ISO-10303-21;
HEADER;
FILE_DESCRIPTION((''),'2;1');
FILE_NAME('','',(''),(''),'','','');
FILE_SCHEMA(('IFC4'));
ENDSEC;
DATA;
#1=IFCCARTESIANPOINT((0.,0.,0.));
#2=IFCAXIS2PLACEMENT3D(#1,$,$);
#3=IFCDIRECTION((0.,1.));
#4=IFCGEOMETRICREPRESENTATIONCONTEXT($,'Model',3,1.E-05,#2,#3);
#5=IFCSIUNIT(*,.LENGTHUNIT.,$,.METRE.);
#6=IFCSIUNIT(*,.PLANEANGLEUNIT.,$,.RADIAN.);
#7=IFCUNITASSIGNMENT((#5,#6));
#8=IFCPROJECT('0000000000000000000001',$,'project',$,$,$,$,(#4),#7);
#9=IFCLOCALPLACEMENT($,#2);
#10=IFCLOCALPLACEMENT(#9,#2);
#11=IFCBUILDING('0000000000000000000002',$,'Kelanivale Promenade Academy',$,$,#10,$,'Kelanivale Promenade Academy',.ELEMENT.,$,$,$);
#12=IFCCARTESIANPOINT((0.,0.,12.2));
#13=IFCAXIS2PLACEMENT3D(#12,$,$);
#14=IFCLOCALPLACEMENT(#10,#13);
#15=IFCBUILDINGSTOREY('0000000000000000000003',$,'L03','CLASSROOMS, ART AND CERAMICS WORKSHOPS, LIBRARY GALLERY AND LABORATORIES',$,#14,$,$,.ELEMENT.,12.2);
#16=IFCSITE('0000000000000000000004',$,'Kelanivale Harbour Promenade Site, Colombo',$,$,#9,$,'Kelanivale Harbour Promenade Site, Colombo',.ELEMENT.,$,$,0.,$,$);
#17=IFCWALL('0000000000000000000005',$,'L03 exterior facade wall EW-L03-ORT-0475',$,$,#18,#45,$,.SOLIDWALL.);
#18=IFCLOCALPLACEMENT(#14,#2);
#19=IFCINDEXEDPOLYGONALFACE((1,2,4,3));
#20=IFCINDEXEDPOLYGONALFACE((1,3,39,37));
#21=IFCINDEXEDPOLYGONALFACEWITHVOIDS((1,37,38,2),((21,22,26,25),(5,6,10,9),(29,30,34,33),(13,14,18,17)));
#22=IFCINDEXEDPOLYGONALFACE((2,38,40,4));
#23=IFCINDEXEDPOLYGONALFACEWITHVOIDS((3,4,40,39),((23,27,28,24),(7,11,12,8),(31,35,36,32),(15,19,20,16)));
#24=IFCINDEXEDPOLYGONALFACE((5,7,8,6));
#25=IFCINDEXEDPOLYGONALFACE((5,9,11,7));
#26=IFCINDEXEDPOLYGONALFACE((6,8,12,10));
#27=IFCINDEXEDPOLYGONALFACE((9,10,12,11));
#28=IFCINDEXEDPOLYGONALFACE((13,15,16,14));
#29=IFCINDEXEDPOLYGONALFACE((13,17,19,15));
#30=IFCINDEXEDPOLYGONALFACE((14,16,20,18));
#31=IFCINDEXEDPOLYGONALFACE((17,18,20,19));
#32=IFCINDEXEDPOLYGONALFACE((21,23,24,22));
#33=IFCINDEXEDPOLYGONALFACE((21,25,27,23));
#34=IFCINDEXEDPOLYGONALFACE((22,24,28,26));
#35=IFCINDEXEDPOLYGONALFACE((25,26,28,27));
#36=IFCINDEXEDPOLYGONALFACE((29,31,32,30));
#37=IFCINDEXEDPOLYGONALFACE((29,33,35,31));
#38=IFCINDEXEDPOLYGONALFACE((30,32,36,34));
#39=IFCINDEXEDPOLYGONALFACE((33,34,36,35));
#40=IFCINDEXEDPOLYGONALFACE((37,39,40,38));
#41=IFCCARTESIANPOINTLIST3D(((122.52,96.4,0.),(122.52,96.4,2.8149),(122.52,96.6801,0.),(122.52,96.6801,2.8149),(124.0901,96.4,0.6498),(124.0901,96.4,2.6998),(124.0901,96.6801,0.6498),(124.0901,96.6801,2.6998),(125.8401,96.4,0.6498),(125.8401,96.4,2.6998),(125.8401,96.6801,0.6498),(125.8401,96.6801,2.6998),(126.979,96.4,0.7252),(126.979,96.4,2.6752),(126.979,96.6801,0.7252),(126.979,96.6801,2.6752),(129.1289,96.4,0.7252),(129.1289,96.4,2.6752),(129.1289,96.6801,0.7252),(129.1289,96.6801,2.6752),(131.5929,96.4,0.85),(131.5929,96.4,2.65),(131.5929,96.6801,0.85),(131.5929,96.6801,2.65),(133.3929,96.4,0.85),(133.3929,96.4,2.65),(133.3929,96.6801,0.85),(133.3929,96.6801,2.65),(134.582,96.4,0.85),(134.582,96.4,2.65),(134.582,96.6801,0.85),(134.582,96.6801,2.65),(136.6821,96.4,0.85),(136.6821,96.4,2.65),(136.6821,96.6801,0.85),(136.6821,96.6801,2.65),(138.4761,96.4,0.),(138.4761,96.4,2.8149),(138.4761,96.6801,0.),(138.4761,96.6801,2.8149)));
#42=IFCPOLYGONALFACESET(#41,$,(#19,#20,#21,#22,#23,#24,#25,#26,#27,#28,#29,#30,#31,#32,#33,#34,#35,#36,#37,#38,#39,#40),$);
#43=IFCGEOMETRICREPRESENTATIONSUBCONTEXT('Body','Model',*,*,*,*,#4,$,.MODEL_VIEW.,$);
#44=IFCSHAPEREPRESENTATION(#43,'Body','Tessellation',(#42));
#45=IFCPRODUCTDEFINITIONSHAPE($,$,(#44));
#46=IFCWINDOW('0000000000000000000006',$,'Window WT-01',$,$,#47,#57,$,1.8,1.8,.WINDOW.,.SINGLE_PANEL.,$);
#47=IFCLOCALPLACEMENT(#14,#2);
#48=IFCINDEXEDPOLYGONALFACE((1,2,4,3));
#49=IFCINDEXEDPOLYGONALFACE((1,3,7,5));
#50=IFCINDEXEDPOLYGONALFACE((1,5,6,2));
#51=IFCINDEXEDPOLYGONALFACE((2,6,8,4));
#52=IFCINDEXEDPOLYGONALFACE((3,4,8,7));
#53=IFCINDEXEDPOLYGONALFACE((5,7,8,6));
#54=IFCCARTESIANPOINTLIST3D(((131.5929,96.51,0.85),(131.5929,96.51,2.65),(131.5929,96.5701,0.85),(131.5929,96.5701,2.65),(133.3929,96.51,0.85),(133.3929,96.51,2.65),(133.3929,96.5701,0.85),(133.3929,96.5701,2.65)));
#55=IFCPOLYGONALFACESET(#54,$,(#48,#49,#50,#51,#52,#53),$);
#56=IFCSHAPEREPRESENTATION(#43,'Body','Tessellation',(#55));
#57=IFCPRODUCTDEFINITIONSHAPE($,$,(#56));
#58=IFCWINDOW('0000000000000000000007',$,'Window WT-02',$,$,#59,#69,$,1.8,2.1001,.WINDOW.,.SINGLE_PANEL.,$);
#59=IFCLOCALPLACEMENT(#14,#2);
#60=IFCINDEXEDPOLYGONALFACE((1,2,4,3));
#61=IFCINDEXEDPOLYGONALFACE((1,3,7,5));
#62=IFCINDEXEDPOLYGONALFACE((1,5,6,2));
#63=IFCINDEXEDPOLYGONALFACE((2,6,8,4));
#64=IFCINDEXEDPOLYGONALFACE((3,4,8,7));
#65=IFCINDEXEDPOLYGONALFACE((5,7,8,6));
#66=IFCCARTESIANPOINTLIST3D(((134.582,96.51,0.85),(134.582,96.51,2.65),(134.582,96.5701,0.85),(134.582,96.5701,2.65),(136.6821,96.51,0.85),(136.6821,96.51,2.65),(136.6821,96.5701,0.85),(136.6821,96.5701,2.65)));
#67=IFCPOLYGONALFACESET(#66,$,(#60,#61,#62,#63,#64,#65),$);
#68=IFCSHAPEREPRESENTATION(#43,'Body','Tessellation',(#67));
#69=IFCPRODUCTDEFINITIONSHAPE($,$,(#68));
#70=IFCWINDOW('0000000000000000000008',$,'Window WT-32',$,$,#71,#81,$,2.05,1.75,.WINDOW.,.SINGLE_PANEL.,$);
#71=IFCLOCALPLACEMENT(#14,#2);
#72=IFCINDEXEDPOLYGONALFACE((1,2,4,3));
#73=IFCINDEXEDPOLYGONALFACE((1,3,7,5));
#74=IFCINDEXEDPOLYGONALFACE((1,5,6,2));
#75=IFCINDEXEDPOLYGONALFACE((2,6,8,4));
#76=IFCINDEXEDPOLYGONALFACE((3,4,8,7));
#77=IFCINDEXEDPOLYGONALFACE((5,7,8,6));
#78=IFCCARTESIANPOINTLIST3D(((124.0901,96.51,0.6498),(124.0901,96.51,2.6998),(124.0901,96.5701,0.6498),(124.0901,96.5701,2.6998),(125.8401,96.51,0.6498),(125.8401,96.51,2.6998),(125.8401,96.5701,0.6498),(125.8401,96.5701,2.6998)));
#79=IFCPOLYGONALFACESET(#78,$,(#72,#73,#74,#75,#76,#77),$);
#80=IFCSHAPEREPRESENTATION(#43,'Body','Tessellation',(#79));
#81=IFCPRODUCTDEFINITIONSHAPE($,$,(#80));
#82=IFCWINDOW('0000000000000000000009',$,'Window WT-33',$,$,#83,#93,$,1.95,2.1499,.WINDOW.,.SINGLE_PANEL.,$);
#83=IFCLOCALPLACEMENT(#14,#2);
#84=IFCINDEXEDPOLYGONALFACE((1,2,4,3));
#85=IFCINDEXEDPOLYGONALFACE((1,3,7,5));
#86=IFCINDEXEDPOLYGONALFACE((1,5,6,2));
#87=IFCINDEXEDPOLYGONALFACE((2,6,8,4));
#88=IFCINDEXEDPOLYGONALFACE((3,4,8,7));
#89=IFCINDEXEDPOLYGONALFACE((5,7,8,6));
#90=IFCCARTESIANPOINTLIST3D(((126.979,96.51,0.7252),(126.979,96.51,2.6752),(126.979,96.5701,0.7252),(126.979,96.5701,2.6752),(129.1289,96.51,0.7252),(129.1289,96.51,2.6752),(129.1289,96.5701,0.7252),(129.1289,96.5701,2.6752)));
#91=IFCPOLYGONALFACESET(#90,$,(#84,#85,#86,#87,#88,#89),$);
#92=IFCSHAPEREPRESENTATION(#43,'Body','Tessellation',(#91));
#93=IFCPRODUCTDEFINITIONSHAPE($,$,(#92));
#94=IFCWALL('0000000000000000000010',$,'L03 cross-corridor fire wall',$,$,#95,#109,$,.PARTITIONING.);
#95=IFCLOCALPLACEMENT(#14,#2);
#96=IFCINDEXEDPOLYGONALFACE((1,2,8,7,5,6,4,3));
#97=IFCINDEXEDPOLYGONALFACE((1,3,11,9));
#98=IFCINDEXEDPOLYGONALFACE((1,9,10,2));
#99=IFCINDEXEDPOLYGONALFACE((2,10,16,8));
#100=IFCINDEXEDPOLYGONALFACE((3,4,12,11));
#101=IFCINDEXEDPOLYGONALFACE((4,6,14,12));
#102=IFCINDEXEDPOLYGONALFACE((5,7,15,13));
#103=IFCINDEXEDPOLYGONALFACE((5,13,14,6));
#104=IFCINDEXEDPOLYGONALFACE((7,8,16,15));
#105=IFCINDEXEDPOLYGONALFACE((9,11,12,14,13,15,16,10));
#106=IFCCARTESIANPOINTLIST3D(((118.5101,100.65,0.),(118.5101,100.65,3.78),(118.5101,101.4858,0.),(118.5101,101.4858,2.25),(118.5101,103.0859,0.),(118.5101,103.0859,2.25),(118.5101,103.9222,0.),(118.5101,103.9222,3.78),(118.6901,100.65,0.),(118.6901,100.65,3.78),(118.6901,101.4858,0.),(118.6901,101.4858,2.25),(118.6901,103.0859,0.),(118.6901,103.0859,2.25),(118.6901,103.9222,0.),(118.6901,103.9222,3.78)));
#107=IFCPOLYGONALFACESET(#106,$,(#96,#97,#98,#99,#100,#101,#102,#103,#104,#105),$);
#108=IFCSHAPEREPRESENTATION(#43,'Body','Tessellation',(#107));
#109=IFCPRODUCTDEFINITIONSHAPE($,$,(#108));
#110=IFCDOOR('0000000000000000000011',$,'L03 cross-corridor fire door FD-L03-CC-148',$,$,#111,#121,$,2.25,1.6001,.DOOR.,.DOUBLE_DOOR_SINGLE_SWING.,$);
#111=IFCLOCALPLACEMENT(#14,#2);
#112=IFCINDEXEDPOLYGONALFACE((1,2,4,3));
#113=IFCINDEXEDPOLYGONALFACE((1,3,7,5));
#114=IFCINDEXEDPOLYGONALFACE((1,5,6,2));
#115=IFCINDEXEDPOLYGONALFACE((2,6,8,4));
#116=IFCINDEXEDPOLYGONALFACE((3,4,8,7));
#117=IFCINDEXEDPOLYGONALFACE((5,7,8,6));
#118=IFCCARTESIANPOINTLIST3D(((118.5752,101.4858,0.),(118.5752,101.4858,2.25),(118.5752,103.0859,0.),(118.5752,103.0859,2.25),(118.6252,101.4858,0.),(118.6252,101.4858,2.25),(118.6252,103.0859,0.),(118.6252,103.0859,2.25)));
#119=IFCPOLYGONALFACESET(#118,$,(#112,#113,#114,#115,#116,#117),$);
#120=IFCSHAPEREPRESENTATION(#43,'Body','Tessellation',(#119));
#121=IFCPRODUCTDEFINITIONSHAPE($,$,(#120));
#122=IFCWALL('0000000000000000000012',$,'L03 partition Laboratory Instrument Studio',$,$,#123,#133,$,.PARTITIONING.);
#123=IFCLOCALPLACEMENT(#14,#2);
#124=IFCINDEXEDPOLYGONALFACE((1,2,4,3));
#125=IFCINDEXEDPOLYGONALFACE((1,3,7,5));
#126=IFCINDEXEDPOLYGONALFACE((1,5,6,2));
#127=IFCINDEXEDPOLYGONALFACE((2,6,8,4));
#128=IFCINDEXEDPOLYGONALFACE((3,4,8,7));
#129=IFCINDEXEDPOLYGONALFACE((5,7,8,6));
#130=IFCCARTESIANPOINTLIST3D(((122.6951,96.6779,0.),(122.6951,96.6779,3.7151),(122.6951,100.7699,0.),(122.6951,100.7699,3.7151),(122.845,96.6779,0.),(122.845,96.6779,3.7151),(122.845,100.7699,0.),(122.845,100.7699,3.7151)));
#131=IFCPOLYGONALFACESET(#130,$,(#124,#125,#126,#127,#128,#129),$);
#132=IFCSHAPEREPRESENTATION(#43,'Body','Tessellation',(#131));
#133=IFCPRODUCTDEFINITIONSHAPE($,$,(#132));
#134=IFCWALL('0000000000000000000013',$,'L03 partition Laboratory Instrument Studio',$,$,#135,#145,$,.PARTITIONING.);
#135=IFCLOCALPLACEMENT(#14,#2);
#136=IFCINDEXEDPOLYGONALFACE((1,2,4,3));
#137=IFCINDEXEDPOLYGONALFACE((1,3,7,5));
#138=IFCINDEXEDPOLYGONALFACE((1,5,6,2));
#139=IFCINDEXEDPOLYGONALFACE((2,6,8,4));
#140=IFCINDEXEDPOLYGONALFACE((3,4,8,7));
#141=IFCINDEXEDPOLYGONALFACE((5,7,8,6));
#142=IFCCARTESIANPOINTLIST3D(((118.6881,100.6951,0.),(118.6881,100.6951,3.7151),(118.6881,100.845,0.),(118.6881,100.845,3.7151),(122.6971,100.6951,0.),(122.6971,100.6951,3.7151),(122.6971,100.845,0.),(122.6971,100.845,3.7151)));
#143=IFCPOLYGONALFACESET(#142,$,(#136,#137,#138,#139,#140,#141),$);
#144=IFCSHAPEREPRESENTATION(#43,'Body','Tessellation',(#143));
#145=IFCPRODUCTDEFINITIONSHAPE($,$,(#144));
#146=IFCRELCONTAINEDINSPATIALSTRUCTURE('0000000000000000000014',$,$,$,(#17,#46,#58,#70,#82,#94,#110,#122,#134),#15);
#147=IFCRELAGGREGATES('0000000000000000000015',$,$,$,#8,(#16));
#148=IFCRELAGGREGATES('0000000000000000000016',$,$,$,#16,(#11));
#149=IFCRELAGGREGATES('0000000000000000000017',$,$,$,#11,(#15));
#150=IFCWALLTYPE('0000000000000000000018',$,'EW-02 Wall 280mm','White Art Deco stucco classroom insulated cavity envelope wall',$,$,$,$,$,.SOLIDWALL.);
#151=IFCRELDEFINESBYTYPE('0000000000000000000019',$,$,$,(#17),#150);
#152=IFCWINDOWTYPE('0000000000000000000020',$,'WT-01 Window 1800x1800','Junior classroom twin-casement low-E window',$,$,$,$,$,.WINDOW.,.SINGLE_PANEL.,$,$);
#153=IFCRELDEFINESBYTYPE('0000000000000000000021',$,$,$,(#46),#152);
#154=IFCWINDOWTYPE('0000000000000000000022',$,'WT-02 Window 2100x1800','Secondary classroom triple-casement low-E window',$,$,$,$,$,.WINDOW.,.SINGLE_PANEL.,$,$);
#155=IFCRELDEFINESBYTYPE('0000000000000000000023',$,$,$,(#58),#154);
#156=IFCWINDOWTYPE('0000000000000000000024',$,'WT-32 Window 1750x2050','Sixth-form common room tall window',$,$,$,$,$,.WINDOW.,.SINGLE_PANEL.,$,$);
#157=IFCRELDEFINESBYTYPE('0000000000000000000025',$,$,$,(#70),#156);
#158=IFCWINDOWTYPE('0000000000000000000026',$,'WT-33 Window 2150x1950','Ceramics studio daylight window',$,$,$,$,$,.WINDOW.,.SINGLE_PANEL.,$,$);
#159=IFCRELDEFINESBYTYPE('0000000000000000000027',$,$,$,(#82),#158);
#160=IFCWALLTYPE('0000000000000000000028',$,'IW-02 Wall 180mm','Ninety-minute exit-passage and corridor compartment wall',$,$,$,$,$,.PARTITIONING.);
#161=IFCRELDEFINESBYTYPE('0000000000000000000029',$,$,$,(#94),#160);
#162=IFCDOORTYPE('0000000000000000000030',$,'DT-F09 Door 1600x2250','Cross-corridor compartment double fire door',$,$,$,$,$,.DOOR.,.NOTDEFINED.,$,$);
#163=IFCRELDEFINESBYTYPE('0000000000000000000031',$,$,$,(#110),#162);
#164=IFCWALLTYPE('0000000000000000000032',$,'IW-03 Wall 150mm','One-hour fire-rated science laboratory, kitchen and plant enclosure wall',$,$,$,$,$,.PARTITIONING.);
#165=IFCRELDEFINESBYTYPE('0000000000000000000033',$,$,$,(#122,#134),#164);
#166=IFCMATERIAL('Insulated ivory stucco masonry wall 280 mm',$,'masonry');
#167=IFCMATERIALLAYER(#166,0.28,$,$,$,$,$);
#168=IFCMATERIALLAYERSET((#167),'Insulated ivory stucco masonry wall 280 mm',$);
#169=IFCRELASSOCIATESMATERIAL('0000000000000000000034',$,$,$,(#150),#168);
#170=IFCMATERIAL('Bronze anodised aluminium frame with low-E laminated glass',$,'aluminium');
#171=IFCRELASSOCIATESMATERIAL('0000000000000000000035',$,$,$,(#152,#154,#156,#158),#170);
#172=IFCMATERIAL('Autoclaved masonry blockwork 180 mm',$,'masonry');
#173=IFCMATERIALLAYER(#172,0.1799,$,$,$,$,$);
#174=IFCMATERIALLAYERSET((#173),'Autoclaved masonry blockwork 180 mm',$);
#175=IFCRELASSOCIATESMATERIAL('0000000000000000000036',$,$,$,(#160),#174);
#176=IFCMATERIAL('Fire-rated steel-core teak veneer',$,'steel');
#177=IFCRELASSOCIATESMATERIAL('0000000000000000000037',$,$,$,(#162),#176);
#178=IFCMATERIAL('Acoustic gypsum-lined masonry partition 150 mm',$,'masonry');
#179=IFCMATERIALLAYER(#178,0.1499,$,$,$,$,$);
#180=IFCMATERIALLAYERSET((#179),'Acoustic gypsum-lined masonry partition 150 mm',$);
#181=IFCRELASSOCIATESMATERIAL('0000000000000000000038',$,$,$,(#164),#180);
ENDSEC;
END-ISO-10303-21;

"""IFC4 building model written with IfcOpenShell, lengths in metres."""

from ifc_helpers import new_model, si_unit, direction, frame, frame_2d, origin, place, context, subcontext, project, spatial, rectangle, extrude, material, layer, layer_set, type_object, element, fill, save


model = new_model("IFC4")

# Units and contexts
model_context = context("Model", 3, precision=1e-05, world=origin(), true_north=direction((0.0, 1.0)))
body_context = subcontext(model_context, "Body", "Model", "MODEL_VIEW")
ifc_project = project(units=[si_unit("LENGTHUNIT", "METRE"), si_unit("PLANEANGLEUNIT", "RADIAN")], contexts=[model_context])

# Site, building, storey
site_placement = place(None, origin())
site = spatial("IfcSite", under=ifc_project, at=site_placement, Name="Kelanivale Harbour Promenade Site, Colombo", LongName="Kelanivale Harbour Promenade Site, Colombo", CompositionType="ELEMENT", RefElevation=0.0)
building_placement = place(site_placement, origin())
building = spatial("IfcBuilding", under=site, at=building_placement, Name="Kelanivale Promenade Academy", LongName="Kelanivale Promenade Academy", CompositionType="ELEMENT")
storey_placement = place(building_placement, frame((0.0, 0.0, 12.2)))
storey = spatial("IfcBuildingStorey", under=building, at=storey_placement, Name="L03", Description="CLASSROOMS, ART AND CERAMICS WORKSHOPS, LIBRARY GALLERY AND LABORATORIES", CompositionType="ELEMENT", Elevation=12.2)

# Shared definitions
ifc_material_1 = material(Name="Fire-rated steel-core teak veneer", Category="steel")

# Wall, openings, windows
ifc_material_2 = material(Name="Insulated ivory stucco masonry wall 280 mm", Category="masonry")
ifc_layer_1 = layer(ifc_material_2, 0.28)
ifc_layer_set_1 = layer_set([ifc_layer_1], Name="Insulated ivory stucco masonry wall 280 mm")
wall_type_1 = type_object("IfcWallType", Name="EW-02 Wall 280mm", Description="White Art Deco stucco classroom insulated cavity envelope wall", PredefinedType="SOLIDWALL", material=ifc_layer_set_1)
wall_1_placement = place(storey_placement, frame((122.52, 96.54, 0.0), z_axis=(0.0, 0.0, 1.0), x_axis=(1.0, 0.0, 0.0)))
wall_1 = element("IfcWall", 1, at=wall_1_placement, inside=storey, type_object=wall_type_1, Name="L03 exterior facade wall EW-L03-ORT-0475", PredefinedType="SOLIDWALL", context=body_context, shape_type="SweptSolid", body=[
    extrude(rectangle(XDim=15.9561, YDim=0.28, at=frame_2d((7.978, 0.0))), origin(), (0.0, 0.0, 1.0), 2.8149),
])
opening_1_placement = place(wall_1_placement, frame((1.5701, 0.0, 0.6499)))
opening_1 = element("IfcOpeningElement", 2, at=opening_1_placement, cuts=wall_1, PredefinedType="OPENING", context=body_context, shape_type="SweptSolid", body=[
    extrude(rectangle(XDim=1.75, YDim=2.05, at=frame_2d((0.875, 1.0249))), frame((0.0, 0.1499, 0.0), z_axis=(0.0, -1.0, 0.0), x_axis=(1.0, 0.0, 0.0)), (0.0, 0.0, 1.0), 0.3),
])
opening_2_placement = place(wall_1_placement, frame((4.459, 0.0, 0.7251)))
opening_2 = element("IfcOpeningElement", 3, at=opening_2_placement, cuts=wall_1, PredefinedType="OPENING", context=body_context, shape_type="SweptSolid", body=[
    extrude(rectangle(XDim=2.1499, YDim=1.95, at=frame_2d((1.075, 0.9751))), frame((0.0, 0.1499, 0.0), z_axis=(0.0, -1.0, 0.0), x_axis=(1.0, 0.0, 0.0)), (0.0, 0.0, 1.0), 0.3),
])
opening_3_placement = place(wall_1_placement, frame((9.073, 0.0, 0.8501)))
opening_3 = element("IfcOpeningElement", 4, at=opening_3_placement, cuts=wall_1, PredefinedType="OPENING", context=body_context, shape_type="SweptSolid", body=[
    extrude(rectangle(XDim=1.8, YDim=1.8, at=frame_2d((0.8999, 0.8999))), frame((0.0, 0.1499, 0.0), z_axis=(0.0, -1.0, 0.0), x_axis=(1.0, 0.0, 0.0)), (0.0, 0.0, 1.0), 0.3),
])
opening_4_placement = place(wall_1_placement, frame((12.062, 0.0, 0.8501)))
opening_4 = element("IfcOpeningElement", 5, at=opening_4_placement, cuts=wall_1, PredefinedType="OPENING", context=body_context, shape_type="SweptSolid", body=[
    extrude(rectangle(XDim=2.1001, YDim=1.8, at=frame_2d((1.05, 0.8999))), frame((0.0, 0.1499, 0.0), z_axis=(0.0, -1.0, 0.0), x_axis=(1.0, 0.0, 0.0)), (0.0, 0.0, 1.0), 0.3),
])
ifc_material_3 = material(Name="Bronze anodised aluminium frame with low-E laminated glass", Category="aluminium")
window_type_1 = type_object("IfcWindowType", Name="WT-01 Window 1800x1800", Description="Junior classroom twin-casement low-E window", PartitioningType="SINGLE_PANEL", PredefinedType="WINDOW", material=ifc_material_3)
window_1_placement = place(opening_3_placement, origin())
window_1 = element("IfcWindow", 6, at=window_1_placement, inside=storey, type_object=window_type_1, Name="Window WT-01", OverallHeight=1.8, OverallWidth=1.8, PartitioningType="SINGLE_PANEL", PredefinedType="WINDOW", context=body_context, shape_type="SweptSolid", body=[
    extrude(rectangle(XDim=1.8, YDim=1.8, at=frame_2d((0.8999, 0.8999))), frame((0.0, 0.03, 0.0), z_axis=(0.0, -1.0, 0.0), x_axis=(1.0, 0.0, 0.0)), (0.0, 0.0, 1.0), 0.0601),
])
fill(opening_3, window_1)
window_type_2 = type_object("IfcWindowType", Name="WT-02 Window 2100x1800", Description="Secondary classroom triple-casement low-E window", PartitioningType="SINGLE_PANEL", PredefinedType="WINDOW", material=ifc_material_3)
window_2_placement = place(opening_4_placement, origin())
window_2 = element("IfcWindow", 7, at=window_2_placement, inside=storey, type_object=window_type_2, Name="Window WT-02", OverallHeight=1.8, OverallWidth=2.1001, PartitioningType="SINGLE_PANEL", PredefinedType="WINDOW", context=body_context, shape_type="SweptSolid", body=[
    extrude(rectangle(XDim=2.1001, YDim=1.8, at=frame_2d((1.05, 0.8999))), frame((0.0, 0.03, 0.0), z_axis=(0.0, -1.0, 0.0), x_axis=(1.0, 0.0, 0.0)), (0.0, 0.0, 1.0), 0.0601),
])
fill(opening_4, window_2)
window_type_3 = type_object("IfcWindowType", Name="WT-32 Window 1750x2050", Description="Sixth-form common room tall window", PartitioningType="SINGLE_PANEL", PredefinedType="WINDOW", material=ifc_material_3)
window_3_placement = place(opening_1_placement, origin())
window_3 = element("IfcWindow", 8, at=window_3_placement, inside=storey, type_object=window_type_3, Name="Window WT-32", OverallHeight=2.05, OverallWidth=1.75, PartitioningType="SINGLE_PANEL", PredefinedType="WINDOW", context=body_context, shape_type="SweptSolid", body=[
    extrude(rectangle(XDim=1.75, YDim=2.05, at=frame_2d((0.875, 1.0249))), frame((0.0, 0.03, 0.0), z_axis=(0.0, -1.0, 0.0), x_axis=(1.0, 0.0, 0.0)), (0.0, 0.0, 1.0), 0.0601),
])
fill(opening_1, window_3)
window_type_4 = type_object("IfcWindowType", Name="WT-33 Window 2150x1950", Description="Ceramics studio daylight window", PartitioningType="SINGLE_PANEL", PredefinedType="WINDOW", material=ifc_material_3)
window_4_placement = place(opening_2_placement, origin())
window_4 = element("IfcWindow", 9, at=window_4_placement, inside=storey, type_object=window_type_4, Name="Window WT-33", OverallHeight=1.95, OverallWidth=2.1499, PartitioningType="SINGLE_PANEL", PredefinedType="WINDOW", context=body_context, shape_type="SweptSolid", body=[
    extrude(rectangle(XDim=2.1499, YDim=1.95, at=frame_2d((1.075, 0.9751))), frame((0.0, 0.03, 0.0), z_axis=(0.0, -1.0, 0.0), x_axis=(1.0, 0.0, 0.0)), (0.0, 0.0, 1.0), 0.0601),
])
fill(opening_2, window_4)

# Wall, opening, door
ifc_material_4 = material(Name="Autoclaved masonry blockwork 180 mm", Category="masonry")
ifc_layer_2 = layer(ifc_material_4, 0.1799)
ifc_layer_set_2 = layer_set([ifc_layer_2], Name="Autoclaved masonry blockwork 180 mm")
wall_type_2 = type_object("IfcWallType", Name="IW-02 Wall 180mm", Description="Ninety-minute exit-passage and corridor compartment wall", PredefinedType="PARTITIONING", material=ifc_layer_set_2)
wall_2_placement = place(storey_placement, frame((118.6001, 100.6499, 0.0), z_axis=(0.0, 0.0, 1.0), x_axis=(0.0, 1.0, 0.0)))
wall_2 = element("IfcWall", 10, at=wall_2_placement, inside=storey, type_object=wall_type_2, Name="L03 cross-corridor fire wall", PredefinedType="PARTITIONING", context=body_context, shape_type="SweptSolid", body=[
    extrude(rectangle(XDim=3.2722, YDim=0.1799, at=frame_2d((1.6362, 0.0))), origin(), (0.0, 0.0, 1.0), 3.78),
])
opening_5_placement = place(wall_2_placement, frame((0.8359, 0.0, 0.0)))
opening_5 = element("IfcOpeningElement", 11, at=opening_5_placement, cuts=wall_2, PredefinedType="OPENING", context=body_context, shape_type="SweptSolid", body=[
    extrude(rectangle(XDim=1.6001, YDim=2.25, at=frame_2d((0.8, 1.125))), frame((0.0, 0.1001, 0.0), z_axis=(0.0, -1.0, 0.0), x_axis=(1.0, 0.0, 0.0)), (0.0, 0.0, 1.0), 0.2),
])
door_type_1 = type_object("IfcDoorType", Name="DT-F09 Door 1600x2250", Description="Cross-corridor compartment double fire door", OperationType="NOTDEFINED", PredefinedType="DOOR", material=ifc_material_1)
door_1_placement = place(opening_5_placement, origin())
door_1 = element("IfcDoor", 12, at=door_1_placement, inside=storey, type_object=door_type_1, Name="L03 cross-corridor fire door FD-L03-CC-148", OperationType="DOUBLE_DOOR_SINGLE_SWING", OverallHeight=2.25, OverallWidth=1.6001, PredefinedType="DOOR", context=body_context, shape_type="SweptSolid", body=[
    extrude(rectangle(XDim=1.6001, YDim=2.25, at=frame_2d((0.8, 1.125))), frame((0.0, 0.0249, 0.0), z_axis=(0.0, -1.0, 0.0), x_axis=(1.0, 0.0, 0.0)), (0.0, 0.0, 1.0), 0.05),
])
fill(opening_5, door_1)

# Walls
ifc_material_5 = material(Name="Acoustic gypsum-lined masonry partition 150 mm", Category="masonry")
ifc_layer_3 = layer(ifc_material_5, 0.1499)
ifc_layer_set_3 = layer_set([ifc_layer_3], Name="Acoustic gypsum-lined masonry partition 150 mm")
wall_type_3 = type_object("IfcWallType", Name="IW-03 Wall 150mm", Description="One-hour fire-rated science laboratory, kitchen and plant enclosure wall", PredefinedType="PARTITIONING", material=ifc_layer_set_3)
wall_3_placement = place(storey_placement, frame((122.77, 96.678, 0.0), z_axis=(0.0, 0.0, 1.0), x_axis=(0.0, 1.0, 0.0)))
element("IfcWall", 13, at=wall_3_placement, inside=storey, type_object=wall_type_3, Name="L03 partition Laboratory Instrument Studio", PredefinedType="PARTITIONING", context=body_context, shape_type="SweptSolid", body=[
    extrude(rectangle(XDim=4.092, YDim=0.1499, at=frame_2d((2.0459, 0.0))), origin(), (0.0, 0.0, 1.0), 3.7151),
])
wall_4_placement = place(storey_placement, frame((122.697, 100.77, 0.0), z_axis=(0.0, 0.0, 1.0), x_axis=(-1.0, 0.0, 0.0)))
element("IfcWall", 14, at=wall_4_placement, inside=storey, type_object=wall_type_3, Name="L03 partition Laboratory Instrument Studio", PredefinedType="PARTITIONING", context=body_context, shape_type="SweptSolid", body=[
    extrude(rectangle(XDim=4.009, YDim=0.1499, at=frame_2d((2.0044, 0.0))), origin(), (0.0, 0.0, 1.0), 3.7151),
])

save(model, "model.ifc")
